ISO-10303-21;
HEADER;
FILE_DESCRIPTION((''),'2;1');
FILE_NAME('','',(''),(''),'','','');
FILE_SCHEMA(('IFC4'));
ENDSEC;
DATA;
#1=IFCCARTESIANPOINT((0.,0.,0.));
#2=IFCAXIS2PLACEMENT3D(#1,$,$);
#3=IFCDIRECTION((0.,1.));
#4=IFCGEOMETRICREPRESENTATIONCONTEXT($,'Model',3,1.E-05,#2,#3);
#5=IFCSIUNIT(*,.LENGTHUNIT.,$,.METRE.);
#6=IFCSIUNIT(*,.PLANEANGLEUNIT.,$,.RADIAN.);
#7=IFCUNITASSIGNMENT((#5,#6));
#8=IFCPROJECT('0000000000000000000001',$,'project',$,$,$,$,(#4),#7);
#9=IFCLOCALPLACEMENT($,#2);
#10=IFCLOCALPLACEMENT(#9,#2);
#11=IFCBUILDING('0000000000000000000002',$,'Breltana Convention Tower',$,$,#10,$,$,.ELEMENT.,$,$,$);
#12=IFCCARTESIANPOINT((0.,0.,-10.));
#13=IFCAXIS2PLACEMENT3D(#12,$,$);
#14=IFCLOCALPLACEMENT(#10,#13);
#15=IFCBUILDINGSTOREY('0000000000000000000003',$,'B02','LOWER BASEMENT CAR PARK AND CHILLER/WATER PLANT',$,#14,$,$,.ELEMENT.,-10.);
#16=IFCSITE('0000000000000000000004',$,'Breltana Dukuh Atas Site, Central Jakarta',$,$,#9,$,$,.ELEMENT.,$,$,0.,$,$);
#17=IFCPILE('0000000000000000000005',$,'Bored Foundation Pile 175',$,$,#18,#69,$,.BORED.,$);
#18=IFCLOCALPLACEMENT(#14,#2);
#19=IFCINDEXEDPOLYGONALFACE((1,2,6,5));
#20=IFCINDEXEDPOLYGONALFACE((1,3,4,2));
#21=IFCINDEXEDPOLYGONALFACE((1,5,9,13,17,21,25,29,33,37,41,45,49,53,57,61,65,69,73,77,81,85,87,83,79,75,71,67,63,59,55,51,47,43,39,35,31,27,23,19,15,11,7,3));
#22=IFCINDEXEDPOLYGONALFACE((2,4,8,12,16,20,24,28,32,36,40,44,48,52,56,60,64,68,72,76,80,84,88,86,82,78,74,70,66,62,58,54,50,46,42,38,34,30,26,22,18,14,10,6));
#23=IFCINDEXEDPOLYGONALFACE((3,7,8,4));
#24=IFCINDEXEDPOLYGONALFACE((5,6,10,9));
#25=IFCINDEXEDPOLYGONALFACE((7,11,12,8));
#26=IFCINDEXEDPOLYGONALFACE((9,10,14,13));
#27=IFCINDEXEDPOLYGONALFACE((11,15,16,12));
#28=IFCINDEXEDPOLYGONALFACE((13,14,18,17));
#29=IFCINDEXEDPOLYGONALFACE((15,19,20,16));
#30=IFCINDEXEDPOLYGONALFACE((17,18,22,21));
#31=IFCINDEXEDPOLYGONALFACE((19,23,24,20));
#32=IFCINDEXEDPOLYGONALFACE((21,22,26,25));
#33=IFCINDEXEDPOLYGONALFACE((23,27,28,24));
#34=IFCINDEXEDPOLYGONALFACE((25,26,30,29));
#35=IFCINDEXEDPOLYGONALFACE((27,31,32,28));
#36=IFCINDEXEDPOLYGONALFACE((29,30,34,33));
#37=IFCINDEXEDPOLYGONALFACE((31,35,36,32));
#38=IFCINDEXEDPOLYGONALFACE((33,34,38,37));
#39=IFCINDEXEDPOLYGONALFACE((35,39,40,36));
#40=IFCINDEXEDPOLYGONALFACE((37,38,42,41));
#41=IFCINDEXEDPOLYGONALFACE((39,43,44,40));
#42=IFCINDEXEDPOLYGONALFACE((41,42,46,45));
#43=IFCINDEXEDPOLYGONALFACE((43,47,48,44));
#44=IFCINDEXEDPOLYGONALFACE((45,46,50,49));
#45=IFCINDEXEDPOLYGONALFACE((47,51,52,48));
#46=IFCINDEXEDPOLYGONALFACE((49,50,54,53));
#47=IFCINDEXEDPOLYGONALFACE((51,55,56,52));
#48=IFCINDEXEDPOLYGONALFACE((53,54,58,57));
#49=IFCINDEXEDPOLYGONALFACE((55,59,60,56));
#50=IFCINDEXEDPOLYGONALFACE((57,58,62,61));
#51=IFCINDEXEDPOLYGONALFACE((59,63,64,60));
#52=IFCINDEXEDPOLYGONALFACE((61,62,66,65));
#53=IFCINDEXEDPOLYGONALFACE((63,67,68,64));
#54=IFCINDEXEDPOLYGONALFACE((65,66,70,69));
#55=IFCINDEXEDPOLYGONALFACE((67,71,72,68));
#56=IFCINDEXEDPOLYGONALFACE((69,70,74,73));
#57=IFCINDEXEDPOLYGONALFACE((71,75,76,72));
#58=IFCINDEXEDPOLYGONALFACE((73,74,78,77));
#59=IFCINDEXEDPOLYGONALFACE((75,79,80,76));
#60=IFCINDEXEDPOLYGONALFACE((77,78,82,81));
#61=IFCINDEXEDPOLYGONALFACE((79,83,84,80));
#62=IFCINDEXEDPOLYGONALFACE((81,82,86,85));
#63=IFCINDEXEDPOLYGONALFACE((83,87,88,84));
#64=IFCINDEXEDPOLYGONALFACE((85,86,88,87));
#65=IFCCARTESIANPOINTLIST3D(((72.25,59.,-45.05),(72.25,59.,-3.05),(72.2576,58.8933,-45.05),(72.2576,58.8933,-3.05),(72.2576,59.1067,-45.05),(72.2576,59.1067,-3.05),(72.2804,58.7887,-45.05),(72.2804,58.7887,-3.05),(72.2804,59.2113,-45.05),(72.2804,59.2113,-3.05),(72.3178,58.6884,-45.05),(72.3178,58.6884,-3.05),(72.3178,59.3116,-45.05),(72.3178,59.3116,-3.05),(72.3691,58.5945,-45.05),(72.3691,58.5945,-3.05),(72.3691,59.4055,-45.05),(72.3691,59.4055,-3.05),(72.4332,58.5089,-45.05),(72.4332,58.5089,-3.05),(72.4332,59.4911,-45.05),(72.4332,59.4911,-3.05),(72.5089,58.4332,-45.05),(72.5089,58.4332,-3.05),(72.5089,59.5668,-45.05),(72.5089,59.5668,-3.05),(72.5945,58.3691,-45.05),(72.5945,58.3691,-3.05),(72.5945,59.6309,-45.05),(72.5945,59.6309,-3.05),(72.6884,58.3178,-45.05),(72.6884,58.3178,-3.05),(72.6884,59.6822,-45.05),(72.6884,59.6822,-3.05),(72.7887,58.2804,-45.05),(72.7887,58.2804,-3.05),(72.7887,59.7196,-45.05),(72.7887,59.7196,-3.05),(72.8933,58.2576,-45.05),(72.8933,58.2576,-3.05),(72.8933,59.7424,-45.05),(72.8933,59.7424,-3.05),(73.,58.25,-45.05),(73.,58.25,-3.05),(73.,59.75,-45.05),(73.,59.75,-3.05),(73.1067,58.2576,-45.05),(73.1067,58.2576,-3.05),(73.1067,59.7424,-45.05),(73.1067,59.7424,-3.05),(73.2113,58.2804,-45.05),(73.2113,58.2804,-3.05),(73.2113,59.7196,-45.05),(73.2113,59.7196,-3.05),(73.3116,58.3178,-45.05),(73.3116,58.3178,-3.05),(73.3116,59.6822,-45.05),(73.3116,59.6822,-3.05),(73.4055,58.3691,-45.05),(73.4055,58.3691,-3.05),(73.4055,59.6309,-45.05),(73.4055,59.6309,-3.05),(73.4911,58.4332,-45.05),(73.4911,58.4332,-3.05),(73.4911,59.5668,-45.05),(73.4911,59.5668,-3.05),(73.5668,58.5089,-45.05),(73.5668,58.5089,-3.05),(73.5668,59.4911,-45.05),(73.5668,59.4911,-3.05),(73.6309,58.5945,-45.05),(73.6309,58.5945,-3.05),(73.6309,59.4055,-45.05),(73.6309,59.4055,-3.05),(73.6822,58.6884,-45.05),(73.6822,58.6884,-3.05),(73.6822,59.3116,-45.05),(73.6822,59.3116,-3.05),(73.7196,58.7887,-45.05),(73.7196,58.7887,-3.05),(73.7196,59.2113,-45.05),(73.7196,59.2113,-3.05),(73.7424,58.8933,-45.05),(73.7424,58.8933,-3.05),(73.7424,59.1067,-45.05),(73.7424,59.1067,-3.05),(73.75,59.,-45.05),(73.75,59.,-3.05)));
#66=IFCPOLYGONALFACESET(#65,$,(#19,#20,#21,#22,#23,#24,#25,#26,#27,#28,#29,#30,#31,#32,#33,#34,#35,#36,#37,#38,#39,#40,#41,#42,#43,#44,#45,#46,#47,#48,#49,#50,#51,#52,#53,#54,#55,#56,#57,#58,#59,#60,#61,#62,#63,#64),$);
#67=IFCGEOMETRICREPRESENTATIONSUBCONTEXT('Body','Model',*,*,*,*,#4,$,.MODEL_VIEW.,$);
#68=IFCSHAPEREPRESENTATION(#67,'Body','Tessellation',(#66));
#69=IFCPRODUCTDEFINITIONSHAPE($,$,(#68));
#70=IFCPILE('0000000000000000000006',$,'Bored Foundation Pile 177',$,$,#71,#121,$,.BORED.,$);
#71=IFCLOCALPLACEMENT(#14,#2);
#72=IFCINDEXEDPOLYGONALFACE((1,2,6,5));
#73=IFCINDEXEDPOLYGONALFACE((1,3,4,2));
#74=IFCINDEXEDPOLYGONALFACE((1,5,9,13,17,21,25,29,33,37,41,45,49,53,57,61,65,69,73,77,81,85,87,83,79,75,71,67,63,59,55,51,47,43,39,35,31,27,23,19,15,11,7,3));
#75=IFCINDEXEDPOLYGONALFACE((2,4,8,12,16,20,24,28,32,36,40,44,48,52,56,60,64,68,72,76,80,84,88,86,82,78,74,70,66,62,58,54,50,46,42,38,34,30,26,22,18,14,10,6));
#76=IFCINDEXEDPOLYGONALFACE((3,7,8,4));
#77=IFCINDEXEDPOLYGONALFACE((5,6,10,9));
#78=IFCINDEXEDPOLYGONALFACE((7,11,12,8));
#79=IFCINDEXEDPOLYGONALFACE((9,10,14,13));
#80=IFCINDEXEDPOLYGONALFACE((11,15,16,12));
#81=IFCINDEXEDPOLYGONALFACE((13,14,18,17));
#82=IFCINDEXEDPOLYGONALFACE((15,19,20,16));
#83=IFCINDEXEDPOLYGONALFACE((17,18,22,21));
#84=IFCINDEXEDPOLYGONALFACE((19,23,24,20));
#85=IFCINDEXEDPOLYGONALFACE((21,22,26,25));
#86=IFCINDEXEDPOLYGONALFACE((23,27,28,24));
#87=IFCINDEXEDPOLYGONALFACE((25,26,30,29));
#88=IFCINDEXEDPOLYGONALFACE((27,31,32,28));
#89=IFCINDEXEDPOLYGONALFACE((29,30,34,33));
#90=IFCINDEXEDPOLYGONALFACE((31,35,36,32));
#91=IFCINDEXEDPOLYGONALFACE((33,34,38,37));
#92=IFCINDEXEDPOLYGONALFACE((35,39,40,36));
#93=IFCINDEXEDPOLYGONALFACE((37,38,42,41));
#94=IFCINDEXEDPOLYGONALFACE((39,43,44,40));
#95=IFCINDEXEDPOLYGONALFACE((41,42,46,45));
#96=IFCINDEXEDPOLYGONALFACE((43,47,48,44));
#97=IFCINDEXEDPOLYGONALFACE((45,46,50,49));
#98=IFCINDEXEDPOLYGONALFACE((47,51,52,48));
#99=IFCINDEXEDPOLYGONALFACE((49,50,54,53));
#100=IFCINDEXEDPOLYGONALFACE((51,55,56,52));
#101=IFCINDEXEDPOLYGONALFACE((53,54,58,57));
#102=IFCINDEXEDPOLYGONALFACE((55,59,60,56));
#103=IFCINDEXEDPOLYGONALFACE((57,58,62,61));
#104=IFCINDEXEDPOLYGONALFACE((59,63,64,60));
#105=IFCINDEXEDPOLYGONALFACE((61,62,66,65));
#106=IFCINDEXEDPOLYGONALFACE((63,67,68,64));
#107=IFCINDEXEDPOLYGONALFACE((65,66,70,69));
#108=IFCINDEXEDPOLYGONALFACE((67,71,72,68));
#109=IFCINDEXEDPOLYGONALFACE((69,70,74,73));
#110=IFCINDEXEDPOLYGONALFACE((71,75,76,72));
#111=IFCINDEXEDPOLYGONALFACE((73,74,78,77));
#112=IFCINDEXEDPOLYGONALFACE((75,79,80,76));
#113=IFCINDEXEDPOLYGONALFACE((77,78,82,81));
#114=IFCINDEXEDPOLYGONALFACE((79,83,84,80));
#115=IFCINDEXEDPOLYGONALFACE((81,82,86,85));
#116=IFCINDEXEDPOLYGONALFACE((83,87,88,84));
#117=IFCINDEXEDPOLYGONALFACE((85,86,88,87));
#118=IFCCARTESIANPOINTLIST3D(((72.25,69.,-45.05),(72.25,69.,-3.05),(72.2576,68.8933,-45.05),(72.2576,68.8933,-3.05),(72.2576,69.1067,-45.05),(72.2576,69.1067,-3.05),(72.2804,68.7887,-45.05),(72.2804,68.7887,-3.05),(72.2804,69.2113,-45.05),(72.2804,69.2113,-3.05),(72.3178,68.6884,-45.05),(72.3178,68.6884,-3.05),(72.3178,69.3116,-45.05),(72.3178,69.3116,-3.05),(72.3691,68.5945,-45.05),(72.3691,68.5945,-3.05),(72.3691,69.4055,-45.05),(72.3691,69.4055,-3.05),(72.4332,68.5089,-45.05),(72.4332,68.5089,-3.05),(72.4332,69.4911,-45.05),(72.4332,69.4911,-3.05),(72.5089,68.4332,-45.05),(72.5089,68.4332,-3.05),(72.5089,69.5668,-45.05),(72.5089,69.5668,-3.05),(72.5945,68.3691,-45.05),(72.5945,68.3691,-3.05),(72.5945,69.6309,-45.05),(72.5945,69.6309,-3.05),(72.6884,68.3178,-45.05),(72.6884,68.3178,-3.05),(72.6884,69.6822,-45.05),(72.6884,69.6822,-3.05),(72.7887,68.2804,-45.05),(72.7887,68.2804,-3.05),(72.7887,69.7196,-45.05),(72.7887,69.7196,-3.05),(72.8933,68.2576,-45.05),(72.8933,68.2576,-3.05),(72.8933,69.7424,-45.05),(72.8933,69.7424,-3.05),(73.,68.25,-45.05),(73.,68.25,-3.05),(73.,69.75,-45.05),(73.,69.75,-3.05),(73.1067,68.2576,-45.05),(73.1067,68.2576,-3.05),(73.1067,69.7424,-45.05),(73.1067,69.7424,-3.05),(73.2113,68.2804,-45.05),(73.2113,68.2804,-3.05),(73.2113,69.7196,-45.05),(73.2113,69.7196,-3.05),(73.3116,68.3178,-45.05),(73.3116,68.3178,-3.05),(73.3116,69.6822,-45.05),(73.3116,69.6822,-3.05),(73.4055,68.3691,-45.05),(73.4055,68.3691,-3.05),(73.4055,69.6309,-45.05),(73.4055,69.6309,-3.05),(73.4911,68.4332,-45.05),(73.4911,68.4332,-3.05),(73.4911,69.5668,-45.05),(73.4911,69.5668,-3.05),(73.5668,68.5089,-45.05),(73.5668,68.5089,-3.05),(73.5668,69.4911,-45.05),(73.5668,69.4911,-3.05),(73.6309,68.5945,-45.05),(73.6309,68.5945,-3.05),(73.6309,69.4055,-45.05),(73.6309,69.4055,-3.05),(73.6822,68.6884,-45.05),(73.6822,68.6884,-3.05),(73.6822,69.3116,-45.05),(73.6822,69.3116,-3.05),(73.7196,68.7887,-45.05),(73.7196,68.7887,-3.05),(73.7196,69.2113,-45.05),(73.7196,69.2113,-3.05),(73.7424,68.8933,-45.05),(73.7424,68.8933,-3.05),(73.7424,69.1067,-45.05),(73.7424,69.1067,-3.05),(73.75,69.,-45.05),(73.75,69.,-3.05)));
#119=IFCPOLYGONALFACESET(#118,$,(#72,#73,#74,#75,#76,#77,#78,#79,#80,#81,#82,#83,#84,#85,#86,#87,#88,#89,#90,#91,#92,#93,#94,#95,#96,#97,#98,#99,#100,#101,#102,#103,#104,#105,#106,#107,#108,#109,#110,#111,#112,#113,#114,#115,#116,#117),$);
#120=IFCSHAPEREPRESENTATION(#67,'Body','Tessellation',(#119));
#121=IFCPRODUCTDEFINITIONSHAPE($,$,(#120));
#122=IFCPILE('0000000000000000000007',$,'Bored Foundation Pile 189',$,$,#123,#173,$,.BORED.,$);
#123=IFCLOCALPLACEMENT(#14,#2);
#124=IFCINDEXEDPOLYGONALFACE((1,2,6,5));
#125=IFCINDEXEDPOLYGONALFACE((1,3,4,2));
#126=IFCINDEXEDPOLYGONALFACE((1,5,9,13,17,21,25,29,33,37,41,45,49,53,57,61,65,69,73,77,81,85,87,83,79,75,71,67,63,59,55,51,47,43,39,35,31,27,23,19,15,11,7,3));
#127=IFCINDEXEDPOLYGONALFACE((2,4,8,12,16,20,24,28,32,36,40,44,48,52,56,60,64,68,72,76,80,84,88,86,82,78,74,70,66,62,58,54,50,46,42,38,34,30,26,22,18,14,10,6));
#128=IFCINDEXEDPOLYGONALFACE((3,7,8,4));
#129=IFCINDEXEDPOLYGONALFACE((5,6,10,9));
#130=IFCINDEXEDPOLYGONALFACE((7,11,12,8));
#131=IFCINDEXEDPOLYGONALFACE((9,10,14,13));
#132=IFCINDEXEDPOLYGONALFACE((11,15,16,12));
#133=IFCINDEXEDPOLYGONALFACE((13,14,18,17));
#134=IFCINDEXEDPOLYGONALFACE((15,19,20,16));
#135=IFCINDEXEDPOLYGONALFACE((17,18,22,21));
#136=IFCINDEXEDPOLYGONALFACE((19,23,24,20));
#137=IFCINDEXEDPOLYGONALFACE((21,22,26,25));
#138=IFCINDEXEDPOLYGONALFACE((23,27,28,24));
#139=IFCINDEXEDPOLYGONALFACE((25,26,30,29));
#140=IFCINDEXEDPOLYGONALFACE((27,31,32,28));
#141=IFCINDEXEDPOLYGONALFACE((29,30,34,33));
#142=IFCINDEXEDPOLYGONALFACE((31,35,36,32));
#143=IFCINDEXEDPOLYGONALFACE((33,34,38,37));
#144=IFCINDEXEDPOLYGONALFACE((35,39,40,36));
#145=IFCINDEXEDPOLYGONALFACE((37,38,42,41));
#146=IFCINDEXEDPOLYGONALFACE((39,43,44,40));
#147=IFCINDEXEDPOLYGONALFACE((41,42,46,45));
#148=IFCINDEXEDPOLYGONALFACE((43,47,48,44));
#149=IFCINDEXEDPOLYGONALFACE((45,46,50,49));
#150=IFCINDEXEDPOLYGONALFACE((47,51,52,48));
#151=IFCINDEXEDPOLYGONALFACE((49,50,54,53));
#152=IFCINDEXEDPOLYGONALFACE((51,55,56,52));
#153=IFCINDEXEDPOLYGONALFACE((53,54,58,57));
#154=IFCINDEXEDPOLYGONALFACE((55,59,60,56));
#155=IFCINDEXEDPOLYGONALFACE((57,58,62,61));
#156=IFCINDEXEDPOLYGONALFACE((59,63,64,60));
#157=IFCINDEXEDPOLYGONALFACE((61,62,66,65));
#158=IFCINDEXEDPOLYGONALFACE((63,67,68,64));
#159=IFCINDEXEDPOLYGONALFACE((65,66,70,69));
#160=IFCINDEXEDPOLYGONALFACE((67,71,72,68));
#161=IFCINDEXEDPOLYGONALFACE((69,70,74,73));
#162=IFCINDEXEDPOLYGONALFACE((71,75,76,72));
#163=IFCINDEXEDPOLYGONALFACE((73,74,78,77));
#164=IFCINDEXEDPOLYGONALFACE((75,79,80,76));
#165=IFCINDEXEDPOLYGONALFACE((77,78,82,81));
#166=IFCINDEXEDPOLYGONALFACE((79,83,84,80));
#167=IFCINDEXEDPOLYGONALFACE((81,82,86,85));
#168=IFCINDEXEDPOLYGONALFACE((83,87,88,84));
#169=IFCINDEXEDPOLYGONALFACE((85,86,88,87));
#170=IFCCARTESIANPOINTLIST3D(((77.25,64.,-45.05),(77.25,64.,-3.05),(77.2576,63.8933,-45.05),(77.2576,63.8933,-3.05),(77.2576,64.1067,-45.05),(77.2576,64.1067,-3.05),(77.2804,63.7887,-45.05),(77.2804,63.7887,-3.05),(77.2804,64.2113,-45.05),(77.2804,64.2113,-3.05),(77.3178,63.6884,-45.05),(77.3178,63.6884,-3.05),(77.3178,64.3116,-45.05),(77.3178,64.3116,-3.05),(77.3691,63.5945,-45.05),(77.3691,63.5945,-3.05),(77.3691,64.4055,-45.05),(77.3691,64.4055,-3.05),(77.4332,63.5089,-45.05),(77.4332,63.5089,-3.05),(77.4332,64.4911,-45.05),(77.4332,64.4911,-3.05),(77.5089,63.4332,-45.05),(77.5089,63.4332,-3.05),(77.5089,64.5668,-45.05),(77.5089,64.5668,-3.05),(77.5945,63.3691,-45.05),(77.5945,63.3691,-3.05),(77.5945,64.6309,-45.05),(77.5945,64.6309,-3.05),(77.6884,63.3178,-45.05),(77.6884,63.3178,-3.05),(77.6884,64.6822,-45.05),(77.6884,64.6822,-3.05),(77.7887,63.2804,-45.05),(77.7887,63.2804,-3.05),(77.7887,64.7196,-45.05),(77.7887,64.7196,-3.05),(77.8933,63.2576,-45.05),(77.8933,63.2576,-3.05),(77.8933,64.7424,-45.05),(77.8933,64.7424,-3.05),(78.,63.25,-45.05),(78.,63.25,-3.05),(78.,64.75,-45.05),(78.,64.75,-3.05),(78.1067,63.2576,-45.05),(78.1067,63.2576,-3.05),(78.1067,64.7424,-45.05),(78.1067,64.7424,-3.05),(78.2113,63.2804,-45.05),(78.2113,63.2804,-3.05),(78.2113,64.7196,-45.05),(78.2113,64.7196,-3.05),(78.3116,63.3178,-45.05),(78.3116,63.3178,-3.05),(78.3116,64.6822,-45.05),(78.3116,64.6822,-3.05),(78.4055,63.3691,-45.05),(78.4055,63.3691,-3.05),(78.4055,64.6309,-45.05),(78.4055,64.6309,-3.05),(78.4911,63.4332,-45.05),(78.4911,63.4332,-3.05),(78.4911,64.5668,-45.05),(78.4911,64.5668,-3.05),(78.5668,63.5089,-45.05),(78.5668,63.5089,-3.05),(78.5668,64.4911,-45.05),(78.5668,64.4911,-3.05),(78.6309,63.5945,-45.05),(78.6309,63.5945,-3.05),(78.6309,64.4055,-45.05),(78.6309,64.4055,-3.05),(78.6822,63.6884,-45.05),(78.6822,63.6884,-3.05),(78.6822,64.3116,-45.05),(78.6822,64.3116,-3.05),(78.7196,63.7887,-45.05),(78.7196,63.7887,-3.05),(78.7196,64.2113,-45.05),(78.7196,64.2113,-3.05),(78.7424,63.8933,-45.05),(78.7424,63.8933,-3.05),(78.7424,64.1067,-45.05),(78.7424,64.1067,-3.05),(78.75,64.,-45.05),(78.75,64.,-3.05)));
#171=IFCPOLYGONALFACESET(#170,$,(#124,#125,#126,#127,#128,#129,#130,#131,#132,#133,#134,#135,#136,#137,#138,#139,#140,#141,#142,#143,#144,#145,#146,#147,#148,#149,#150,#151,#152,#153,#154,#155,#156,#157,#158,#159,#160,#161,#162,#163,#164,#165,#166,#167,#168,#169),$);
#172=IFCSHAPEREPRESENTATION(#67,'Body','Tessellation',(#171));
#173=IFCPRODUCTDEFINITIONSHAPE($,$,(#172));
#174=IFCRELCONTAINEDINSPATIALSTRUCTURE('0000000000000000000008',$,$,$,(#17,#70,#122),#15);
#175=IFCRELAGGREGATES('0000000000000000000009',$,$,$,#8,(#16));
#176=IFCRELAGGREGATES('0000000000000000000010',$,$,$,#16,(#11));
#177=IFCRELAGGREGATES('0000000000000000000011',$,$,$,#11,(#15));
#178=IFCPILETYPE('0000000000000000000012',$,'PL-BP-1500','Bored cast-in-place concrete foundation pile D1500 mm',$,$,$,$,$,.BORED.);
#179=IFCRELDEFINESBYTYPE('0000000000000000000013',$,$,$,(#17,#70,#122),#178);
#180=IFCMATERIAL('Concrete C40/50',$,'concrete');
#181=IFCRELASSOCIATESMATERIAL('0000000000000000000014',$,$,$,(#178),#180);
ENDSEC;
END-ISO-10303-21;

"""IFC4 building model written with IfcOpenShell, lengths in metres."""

from ifc_helpers import new_model, si_unit, direction, frame, origin, origin_2d, place, context, subcontext, project, spatial, circle, extrude, source, transform, mapped, material, material_profile, profile_set, type_object, type_shapes, element, save


model = new_model("IFC4")

# Units and contexts
model_context = context("Model", 3, precision=1e-05, world=origin(), true_north=direction((0.0, 1.0)))
body_context = subcontext(model_context, "Body", "Model", "MODEL_VIEW")
ifc_project = project(units=[si_unit("LENGTHUNIT", "METRE"), si_unit("PLANEANGLEUNIT", "RADIAN")], contexts=[model_context])

# Site, building, storey
site_placement = place(None, origin())
site = spatial("IfcSite", under=ifc_project, at=site_placement, Name="Breltana Dukuh Atas Site, Central Jakarta", CompositionType="ELEMENT", RefElevation=0.0)
building_placement = place(site_placement, origin())
building = spatial("IfcBuilding", under=site, at=building_placement, Name="Breltana Convention Tower", CompositionType="ELEMENT")
storey_placement = place(building_placement, frame((0.0, 0.0, -10.0)))
storey = spatial("IfcBuildingStorey", under=building, at=storey_placement, Name="B02", Description="LOWER BASEMENT CAR PARK AND CHILLER/WATER PLANT", CompositionType="ELEMENT", Elevation=-10.0)

# Piles
ifc_material_1 = material(Name="Concrete C40/50", Category="concrete")
ifc_material_profile_1 = material_profile(ifc_material_1, circle(Radius=0.75, at=origin_2d()), Name="BP-D1500")
ifc_profile_set_1 = profile_set([ifc_material_profile_1], Name="Concrete C40/50")
pile_type_1 = type_object("IfcPileType", Name="PL-BP-1500", Description="Bored cast-in-place concrete foundation pile D1500 mm", PredefinedType="BORED", material=ifc_profile_set_1)
shared_shape_1 = source(origin(), body_context, "Body", "SweptSolid", [
    extrude(circle(Radius=0.75, at=origin_2d()), origin(), (0.0, 0.0, 1.0), 42.0),
])
type_shapes(pile_type_1, [shared_shape_1])
for number, where, z_axis, x_axis, name in (
    (1, (73.0, 59.0, -3.05), (0.0, 0.0, -1.0), (1.0, 0.0, 0.0), "Bored Foundation Pile 175"),
    (2, (73.0, 69.0, -3.05), (0.0, 0.0, -1.0), (1.0, 0.0, 0.0), "Bored Foundation Pile 177"),
    (3, (78.0, 64.0, -3.05), (0.0, 0.0, -1.0), (1.0, 0.0, 0.0), "Bored Foundation Pile 189"),
):
    element("IfcPile", number, at=place(storey_placement, frame(where, z_axis=z_axis, x_axis=x_axis)), inside=storey, type_object=pile_type_1, Name=name, PredefinedType="BORED", context=body_context, shape_type="MappedRepresentation", body=[
        mapped(shared_shape_1, transform((0.0, 0.0, 0.0), scale=1.0)),
    ])

save(model, "model.ifc")
